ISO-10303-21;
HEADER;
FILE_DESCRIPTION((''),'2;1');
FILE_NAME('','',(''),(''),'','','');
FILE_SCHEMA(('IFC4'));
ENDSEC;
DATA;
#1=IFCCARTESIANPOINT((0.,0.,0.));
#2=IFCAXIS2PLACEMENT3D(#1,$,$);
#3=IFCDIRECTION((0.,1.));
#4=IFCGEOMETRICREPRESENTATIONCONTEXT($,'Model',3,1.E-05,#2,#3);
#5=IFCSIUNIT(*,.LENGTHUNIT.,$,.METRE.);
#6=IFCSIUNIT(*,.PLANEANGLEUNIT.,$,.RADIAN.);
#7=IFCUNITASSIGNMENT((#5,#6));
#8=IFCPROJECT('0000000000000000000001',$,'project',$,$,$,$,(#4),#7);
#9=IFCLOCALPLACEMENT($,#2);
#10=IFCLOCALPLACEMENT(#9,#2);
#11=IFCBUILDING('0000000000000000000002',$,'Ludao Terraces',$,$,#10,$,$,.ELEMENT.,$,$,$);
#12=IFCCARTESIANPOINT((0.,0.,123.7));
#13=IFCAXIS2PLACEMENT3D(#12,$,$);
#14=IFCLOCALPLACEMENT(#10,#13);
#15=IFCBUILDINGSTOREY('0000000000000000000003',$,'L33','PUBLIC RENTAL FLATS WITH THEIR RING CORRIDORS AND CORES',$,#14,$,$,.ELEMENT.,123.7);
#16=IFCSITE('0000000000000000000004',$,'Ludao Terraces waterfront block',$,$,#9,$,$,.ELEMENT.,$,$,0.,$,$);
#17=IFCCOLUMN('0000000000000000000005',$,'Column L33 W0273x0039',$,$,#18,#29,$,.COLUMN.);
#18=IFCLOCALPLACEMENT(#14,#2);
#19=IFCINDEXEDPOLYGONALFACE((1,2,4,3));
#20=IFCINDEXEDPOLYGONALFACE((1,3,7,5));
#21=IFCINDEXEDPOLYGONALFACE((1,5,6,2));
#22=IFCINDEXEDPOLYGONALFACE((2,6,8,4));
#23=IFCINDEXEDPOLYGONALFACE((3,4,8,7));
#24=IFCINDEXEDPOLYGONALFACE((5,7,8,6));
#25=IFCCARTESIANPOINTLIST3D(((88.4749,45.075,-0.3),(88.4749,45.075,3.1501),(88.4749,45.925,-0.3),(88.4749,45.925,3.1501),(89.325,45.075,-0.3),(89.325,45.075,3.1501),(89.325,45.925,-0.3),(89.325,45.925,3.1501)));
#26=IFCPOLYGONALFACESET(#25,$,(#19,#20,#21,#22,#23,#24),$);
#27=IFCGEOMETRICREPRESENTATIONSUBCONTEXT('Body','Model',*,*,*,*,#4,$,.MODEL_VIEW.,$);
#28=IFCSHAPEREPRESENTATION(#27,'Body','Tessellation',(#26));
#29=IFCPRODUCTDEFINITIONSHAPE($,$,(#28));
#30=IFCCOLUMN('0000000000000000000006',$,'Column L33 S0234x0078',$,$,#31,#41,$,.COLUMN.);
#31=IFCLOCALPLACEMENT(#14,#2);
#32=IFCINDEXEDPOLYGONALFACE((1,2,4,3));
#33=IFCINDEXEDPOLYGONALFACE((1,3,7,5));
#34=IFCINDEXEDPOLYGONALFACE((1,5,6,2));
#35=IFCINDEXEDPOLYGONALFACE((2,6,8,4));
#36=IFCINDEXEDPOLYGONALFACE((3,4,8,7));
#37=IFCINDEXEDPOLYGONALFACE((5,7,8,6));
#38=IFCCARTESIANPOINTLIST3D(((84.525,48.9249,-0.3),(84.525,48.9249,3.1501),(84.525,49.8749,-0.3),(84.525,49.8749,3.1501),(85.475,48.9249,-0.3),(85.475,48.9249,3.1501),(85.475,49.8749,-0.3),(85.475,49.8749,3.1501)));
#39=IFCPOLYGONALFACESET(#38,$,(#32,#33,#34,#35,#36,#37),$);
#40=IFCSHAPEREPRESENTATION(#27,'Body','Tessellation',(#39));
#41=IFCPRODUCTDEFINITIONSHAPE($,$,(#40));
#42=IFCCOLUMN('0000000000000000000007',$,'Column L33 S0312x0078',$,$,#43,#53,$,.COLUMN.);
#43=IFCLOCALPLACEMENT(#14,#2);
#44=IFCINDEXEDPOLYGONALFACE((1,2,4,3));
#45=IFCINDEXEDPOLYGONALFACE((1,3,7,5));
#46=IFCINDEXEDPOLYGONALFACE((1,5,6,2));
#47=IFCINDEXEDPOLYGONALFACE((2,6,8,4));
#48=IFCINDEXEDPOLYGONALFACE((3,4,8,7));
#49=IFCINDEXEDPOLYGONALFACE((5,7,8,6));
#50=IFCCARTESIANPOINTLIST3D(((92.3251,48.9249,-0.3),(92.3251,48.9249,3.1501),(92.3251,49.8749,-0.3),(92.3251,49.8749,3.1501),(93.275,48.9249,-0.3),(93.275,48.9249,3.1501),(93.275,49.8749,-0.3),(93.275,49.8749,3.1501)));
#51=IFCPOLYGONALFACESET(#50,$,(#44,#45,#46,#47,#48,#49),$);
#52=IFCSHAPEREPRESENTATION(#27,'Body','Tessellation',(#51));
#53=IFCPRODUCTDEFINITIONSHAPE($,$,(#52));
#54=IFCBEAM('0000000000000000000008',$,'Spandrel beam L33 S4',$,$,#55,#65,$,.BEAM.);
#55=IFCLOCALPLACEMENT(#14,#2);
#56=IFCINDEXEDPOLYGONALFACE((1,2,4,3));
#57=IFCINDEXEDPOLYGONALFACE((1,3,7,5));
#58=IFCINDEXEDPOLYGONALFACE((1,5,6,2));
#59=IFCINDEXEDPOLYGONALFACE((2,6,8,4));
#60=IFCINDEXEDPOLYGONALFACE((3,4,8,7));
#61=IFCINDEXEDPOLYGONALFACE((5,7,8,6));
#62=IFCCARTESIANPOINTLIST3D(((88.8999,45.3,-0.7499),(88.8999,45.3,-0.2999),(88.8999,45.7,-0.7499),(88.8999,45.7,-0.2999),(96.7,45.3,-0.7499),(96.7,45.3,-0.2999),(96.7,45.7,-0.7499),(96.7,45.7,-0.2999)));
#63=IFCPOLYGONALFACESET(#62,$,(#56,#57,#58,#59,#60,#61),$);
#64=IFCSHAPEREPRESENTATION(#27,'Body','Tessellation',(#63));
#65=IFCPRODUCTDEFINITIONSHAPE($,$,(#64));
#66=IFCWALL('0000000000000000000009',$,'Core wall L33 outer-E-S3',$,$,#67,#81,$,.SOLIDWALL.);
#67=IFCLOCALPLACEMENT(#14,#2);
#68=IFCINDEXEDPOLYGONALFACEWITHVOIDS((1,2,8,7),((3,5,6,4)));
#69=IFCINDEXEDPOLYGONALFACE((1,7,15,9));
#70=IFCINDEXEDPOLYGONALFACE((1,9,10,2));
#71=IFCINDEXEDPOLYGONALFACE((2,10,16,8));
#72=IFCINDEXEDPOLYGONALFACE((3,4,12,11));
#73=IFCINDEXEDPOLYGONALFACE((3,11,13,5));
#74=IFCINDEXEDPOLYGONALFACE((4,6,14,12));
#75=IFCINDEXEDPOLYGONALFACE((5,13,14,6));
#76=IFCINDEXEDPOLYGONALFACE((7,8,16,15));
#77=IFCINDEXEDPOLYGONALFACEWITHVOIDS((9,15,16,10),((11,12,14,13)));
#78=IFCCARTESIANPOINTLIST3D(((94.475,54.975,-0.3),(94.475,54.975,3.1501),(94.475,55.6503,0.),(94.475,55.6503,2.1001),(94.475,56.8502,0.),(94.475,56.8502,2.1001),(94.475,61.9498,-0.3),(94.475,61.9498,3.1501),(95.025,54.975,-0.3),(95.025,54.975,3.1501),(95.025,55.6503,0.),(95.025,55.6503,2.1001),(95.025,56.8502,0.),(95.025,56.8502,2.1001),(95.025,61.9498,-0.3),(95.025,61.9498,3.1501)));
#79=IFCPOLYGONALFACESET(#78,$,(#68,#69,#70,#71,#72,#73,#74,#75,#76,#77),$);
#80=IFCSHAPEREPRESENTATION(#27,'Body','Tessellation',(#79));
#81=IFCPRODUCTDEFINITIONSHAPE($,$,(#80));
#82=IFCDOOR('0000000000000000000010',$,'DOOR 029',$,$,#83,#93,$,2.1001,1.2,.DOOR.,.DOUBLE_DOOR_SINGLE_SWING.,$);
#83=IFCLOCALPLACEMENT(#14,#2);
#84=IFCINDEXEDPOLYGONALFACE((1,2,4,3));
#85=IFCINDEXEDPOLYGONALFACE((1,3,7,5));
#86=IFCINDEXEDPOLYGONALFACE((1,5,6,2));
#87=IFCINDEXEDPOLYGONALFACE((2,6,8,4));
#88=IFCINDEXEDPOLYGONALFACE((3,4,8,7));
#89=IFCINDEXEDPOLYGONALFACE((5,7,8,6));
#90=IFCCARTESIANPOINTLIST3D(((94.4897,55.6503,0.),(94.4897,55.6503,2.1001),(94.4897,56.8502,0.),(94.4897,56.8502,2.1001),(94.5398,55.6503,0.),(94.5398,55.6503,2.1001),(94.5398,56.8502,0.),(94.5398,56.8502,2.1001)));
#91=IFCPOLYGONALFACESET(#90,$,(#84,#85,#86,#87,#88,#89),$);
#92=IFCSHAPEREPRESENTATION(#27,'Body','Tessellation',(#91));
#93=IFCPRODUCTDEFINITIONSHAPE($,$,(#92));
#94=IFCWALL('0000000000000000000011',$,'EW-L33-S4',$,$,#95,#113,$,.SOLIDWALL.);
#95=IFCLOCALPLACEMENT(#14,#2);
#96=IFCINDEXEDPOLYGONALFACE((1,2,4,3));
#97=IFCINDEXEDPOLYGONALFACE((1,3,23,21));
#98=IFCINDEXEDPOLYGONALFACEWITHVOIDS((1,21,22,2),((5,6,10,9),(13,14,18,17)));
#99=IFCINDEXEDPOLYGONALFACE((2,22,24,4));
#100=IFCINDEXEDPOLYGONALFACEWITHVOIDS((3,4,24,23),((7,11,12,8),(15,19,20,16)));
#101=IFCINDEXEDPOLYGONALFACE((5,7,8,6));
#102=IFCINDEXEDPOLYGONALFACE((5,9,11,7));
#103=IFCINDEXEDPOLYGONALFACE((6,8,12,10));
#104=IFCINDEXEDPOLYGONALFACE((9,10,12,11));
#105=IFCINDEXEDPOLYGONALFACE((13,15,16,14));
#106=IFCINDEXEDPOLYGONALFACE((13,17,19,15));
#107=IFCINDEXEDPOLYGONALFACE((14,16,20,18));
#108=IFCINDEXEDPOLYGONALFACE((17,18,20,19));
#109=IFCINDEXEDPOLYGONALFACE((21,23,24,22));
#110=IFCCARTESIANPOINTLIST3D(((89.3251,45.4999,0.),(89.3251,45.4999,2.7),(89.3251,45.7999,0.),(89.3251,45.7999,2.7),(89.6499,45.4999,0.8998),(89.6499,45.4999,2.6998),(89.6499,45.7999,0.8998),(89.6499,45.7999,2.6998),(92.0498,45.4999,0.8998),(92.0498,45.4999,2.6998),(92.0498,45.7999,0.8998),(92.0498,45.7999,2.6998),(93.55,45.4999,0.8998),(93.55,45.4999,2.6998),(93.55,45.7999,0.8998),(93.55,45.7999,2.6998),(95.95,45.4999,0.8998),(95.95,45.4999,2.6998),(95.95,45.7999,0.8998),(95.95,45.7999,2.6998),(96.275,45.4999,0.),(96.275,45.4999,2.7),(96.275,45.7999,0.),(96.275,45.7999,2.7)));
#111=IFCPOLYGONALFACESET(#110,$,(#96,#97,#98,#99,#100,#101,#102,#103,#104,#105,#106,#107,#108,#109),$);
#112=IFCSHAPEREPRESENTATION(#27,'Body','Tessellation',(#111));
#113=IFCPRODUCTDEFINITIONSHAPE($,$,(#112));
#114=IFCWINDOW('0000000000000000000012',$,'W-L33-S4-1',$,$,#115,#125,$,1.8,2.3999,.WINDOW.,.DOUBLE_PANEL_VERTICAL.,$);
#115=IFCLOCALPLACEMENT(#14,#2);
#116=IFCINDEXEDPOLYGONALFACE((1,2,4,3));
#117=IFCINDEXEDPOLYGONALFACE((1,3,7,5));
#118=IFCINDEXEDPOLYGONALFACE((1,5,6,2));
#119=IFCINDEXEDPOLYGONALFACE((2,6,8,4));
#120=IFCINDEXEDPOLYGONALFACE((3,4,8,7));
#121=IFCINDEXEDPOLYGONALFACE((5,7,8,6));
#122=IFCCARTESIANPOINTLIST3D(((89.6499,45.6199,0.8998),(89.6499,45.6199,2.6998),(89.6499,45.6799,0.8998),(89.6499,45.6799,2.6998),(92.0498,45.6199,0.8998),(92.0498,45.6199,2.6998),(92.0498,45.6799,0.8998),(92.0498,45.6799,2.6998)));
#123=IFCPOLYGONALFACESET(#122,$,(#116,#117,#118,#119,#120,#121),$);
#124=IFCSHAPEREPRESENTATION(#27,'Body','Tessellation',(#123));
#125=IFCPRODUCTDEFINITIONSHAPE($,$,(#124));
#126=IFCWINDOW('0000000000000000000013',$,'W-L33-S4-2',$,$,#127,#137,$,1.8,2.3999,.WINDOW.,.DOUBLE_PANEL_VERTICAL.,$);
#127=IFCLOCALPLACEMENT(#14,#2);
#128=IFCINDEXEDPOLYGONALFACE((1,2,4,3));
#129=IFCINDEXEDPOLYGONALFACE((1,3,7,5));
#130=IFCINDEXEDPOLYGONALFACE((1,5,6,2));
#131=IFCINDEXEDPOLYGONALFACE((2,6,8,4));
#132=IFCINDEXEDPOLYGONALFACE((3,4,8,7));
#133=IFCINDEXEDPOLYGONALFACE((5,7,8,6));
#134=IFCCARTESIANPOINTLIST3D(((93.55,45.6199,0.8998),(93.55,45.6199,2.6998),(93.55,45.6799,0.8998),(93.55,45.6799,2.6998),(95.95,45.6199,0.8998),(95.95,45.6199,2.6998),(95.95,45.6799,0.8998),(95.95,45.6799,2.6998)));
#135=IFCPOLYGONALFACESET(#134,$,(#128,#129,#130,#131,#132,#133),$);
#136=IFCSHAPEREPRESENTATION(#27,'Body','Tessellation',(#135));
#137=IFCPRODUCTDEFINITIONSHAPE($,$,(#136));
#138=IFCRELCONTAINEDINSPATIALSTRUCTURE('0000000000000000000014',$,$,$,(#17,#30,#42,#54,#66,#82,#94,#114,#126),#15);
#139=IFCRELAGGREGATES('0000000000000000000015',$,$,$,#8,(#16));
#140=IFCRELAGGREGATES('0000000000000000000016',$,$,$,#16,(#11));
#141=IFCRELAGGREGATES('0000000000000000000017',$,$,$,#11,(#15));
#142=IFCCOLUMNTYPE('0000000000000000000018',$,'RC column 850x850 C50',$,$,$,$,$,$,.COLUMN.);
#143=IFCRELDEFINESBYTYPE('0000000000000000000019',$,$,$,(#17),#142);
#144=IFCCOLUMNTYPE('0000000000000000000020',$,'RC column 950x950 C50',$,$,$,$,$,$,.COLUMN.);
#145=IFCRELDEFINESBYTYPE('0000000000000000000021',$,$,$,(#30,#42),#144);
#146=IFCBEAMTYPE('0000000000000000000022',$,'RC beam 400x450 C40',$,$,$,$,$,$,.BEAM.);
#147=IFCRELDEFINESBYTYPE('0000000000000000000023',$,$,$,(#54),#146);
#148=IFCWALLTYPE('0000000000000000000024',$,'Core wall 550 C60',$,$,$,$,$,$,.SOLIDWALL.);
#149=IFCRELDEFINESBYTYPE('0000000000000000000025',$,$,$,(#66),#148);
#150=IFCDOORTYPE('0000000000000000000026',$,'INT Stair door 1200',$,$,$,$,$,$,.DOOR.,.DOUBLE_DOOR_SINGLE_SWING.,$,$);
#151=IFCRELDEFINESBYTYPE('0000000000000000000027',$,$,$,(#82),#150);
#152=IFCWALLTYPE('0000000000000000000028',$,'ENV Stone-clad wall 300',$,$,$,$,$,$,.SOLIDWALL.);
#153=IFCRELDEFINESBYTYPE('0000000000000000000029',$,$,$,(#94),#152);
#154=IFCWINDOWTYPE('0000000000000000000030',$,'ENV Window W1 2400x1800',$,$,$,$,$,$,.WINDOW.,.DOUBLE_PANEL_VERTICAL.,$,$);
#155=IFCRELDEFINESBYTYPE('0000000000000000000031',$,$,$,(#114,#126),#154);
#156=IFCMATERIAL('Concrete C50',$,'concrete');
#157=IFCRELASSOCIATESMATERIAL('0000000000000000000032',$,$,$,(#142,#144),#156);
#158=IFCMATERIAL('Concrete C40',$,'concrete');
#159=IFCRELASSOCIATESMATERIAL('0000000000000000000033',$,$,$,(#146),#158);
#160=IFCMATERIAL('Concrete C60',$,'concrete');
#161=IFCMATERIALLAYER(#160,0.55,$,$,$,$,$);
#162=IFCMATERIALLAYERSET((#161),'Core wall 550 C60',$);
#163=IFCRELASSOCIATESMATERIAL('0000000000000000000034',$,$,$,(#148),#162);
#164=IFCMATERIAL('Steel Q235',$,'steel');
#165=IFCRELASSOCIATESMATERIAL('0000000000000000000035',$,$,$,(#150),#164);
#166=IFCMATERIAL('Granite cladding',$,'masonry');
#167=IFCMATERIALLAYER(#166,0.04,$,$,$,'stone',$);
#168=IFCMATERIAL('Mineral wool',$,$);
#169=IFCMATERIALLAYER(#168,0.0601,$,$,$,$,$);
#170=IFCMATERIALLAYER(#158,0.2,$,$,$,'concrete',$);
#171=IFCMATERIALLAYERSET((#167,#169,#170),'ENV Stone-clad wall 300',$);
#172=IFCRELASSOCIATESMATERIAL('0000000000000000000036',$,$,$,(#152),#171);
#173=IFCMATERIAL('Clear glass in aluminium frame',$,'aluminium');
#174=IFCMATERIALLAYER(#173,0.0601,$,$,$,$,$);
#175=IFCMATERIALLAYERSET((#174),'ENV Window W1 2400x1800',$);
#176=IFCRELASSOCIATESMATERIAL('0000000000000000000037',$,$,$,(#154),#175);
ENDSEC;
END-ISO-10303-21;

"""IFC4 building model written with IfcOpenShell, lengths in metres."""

from ifc_helpers import new_model, si_unit, direction, frame, frame_2d, origin, origin_2d, place, context, subcontext, project, spatial, rectangle, extrude, material, layer, layer_set, material_profile, profile_set, type_object, element, fill, save


model = new_model("IFC4")

# Units and contexts
model_context = context("Model", 3, precision=1e-05, world=origin(), true_north=direction((0.0, 1.0)))
body_context = subcontext(model_context, "Body", "Model", "MODEL_VIEW")
ifc_project = project(units=[si_unit("LENGTHUNIT", "METRE"), si_unit("PLANEANGLEUNIT", "RADIAN")], contexts=[model_context])

# Site, building, storey
site_placement = place(None, origin())
site = spatial("IfcSite", under=ifc_project, at=site_placement, Name="Ludao Terraces waterfront block", CompositionType="ELEMENT", RefElevation=0.0)
building_placement = place(site_placement, origin())
building = spatial("IfcBuilding", under=site, at=building_placement, Name="Ludao Terraces", CompositionType="ELEMENT")
storey_placement = place(building_placement, frame((0.0, 0.0, 123.7)))
storey = spatial("IfcBuildingStorey", under=building, at=storey_placement, Name="L33", Description="PUBLIC RENTAL FLATS WITH THEIR RING CORRIDORS AND CORES", CompositionType="ELEMENT", Elevation=123.7)

# Columns
ifc_material_1 = material(Name="Concrete C50", Category="concrete")
ifc_material_profile_1 = material_profile(ifc_material_1, rectangle(XDim=0.8501, YDim=0.8501, at=origin_2d()), Name="850 X 850")
ifc_profile_set_1 = profile_set([ifc_material_profile_1], Name="Concrete C50")
column_type_1 = type_object("IfcColumnType", Name="RC column 850x850 C50", PredefinedType="COLUMN", material=ifc_profile_set_1)
column_placement = place(storey_placement, frame((88.8999, 45.5, -0.3), z_axis=(0.0, 0.0, 1.0), x_axis=(1.0, 0.0, 0.0)))
element("IfcColumn", 1, at=column_placement, inside=storey, type_object=column_type_1, Name="Column L33 W0273x0039", PredefinedType="COLUMN", context=body_context, shape_type="SweptSolid", body=[
    extrude(rectangle(XDim=0.8501, YDim=0.8501, at=origin_2d()), origin(), (0.0, 0.0, 1.0), 3.4502),
])
ifc_material_profile_2 = material_profile(ifc_material_1, rectangle(XDim=0.95, YDim=0.95, at=origin_2d()), Name="950 X 950")
ifc_profile_set_2 = profile_set([ifc_material_profile_2], Name="Concrete C50")
column_type_2 = type_object("IfcColumnType", Name="RC column 950x950 C50", PredefinedType="COLUMN", material=ifc_profile_set_2)
for number, where, z_axis, x_axis, name in (
    (2, (85.0, 49.3999, -0.3), (0.0, 0.0, 1.0), (1.0, 0.0, 0.0), "Column L33 S0234x0078"),
    (3, (92.8, 49.3999, -0.3), (0.0, 0.0, 1.0), (1.0, 0.0, 0.0), "Column L33 S0312x0078"),
):
    element("IfcColumn", number, at=place(storey_placement, frame(where, z_axis=z_axis, x_axis=x_axis)), inside=storey, type_object=column_type_2, Name=name, PredefinedType="COLUMN", context=body_context, shape_type="SweptSolid", body=[
        extrude(rectangle(XDim=0.95, YDim=0.95, at=origin_2d()), origin(), (0.0, 0.0, 1.0), 3.4502),
    ])

# Beam
ifc_material_2 = material(Name="Concrete C40", Category="concrete")
ifc_material_profile_3 = material_profile(ifc_material_2, rectangle(XDim=0.3999, YDim=0.45, at=origin_2d()), Name="400 X 450")
ifc_profile_set_3 = profile_set([ifc_material_profile_3], Name="Concrete C40")
beam_type = type_object("IfcBeamType", Name="RC beam 400x450 C40", PredefinedType="BEAM", material=ifc_profile_set_3)
beam_placement = place(storey_placement, frame((88.8999, 45.5, -0.5249), z_axis=(1.0, 0.0, 0.0), x_axis=(0.0, 1.0, 0.0)))
element("IfcBeam", 4, at=beam_placement, inside=storey, type_object=beam_type, Name="Spandrel beam L33 S4", PredefinedType="BEAM", context=body_context, shape_type="SweptSolid", body=[
    extrude(rectangle(XDim=0.3999, YDim=0.45, at=origin_2d()), origin(), (0.0, 0.0, 1.0), 7.8),
])

# Wall, opening, door
ifc_material_3 = material(Name="Concrete C60", Category="concrete")
ifc_layer_1 = layer(ifc_material_3, 0.55)
ifc_layer_set_1 = layer_set([ifc_layer_1], Name="Core wall 550 C60")
wall_type_1 = type_object("IfcWallType", Name="Core wall 550 C60", PredefinedType="SOLIDWALL", material=ifc_layer_set_1)
wall_1_placement = place(storey_placement, frame((94.75, 54.9751, -0.3), z_axis=(0.0, 0.0, 1.0), x_axis=(0.0, 1.0, 0.0)))
wall_1 = element("IfcWall", 5, at=wall_1_placement, inside=storey, type_object=wall_type_1, Name="Core wall L33 outer-E-S3", PredefinedType="SOLIDWALL", context=body_context, shape_type="SweptSolid", body=[
    extrude(rectangle(XDim=6.9749, YDim=0.55, at=frame_2d((3.4873, 0.0))), origin(), (0.0, 0.0, 1.0), 3.4502),
])
opening_1_placement = place(wall_1_placement, frame((0.675, 0.0, 0.3)))
opening_1 = element("IfcOpeningElement", 6, at=opening_1_placement, cuts=wall_1, PredefinedType="OPENING", context=body_context, shape_type="SweptSolid", body=[
    extrude(rectangle(XDim=1.2, YDim=2.1001, at=frame_2d((0.6001, 1.05))), frame((0.0, 0.2852, 0.0), z_axis=(0.0, -1.0, 0.0), x_axis=(1.0, 0.0, 0.0)), (0.0, 0.0, 1.0), 0.5701),
])
ifc_material_4 = material(Name="Steel Q235", Category="steel")
door_type_1 = type_object("IfcDoorType", Name="INT Stair door 1200", OperationType="DOUBLE_DOOR_SINGLE_SWING", PredefinedType="DOOR", material=ifc_material_4)
door_1_placement = place(opening_1_placement, origin())
door_1 = element("IfcDoor", 7, at=door_1_placement, inside=storey, type_object=door_type_1, Name="DOOR 029", OperationType="DOUBLE_DOOR_SINGLE_SWING", OverallHeight=2.1001, OverallWidth=1.2, PredefinedType="DOOR", context=body_context, shape_type="SweptSolid", body=[
    extrude(rectangle(XDim=1.2, YDim=2.1001, at=frame_2d((0.6001, 1.05))), frame((0.0, 0.2603, 0.0), z_axis=(0.0, -1.0, 0.0), x_axis=(1.0, 0.0, 0.0)), (0.0, 0.0, 1.0), 0.05),
])
fill(opening_1, door_1)

# Wall, openings, windows
ifc_material_5 = material(Name="Granite cladding", Category="masonry")
ifc_layer_2 = layer(ifc_material_5, 0.04, Category="stone")
ifc_material_6 = material(Name="Mineral wool")
ifc_layer_3 = layer(ifc_material_6, 0.0601)
ifc_layer_4 = layer(ifc_material_2, 0.2, Category="concrete")
ifc_layer_set_2 = layer_set([ifc_layer_2, ifc_layer_3, ifc_layer_4], Name="ENV Stone-clad wall 300")
wall_type_2 = type_object("IfcWallType", Name="ENV Stone-clad wall 300", PredefinedType="SOLIDWALL", material=ifc_layer_set_2)
wall_2_placement = place(storey_placement, frame((89.325, 45.6499, 0.0), z_axis=(0.0, 0.0, 1.0), x_axis=(1.0, 0.0, 0.0)))
wall_2 = element("IfcWall", 8, at=wall_2_placement, inside=storey, type_object=wall_type_2, Name="EW-L33-S4", PredefinedType="SOLIDWALL", context=body_context, shape_type="SweptSolid", body=[
    extrude(rectangle(XDim=6.95, YDim=0.3, at=frame_2d((3.4751, 0.0))), origin(), (0.0, 0.0, 1.0), 2.7),
])
opening_2_placement = place(wall_2_placement, frame((0.325, 0.0, 0.8999)))
opening_2 = element("IfcOpeningElement", 9, at=opening_2_placement, cuts=wall_2, PredefinedType="OPENING", context=body_context, shape_type="SweptSolid", body=[
    extrude(rectangle(XDim=2.3999, YDim=1.8, at=frame_2d((1.2, 0.8999))), frame((0.0, 0.1602, 0.0), z_axis=(0.0, -1.0, 0.0), x_axis=(1.0, 0.0, 0.0)), (0.0, 0.0, 1.0), 0.3201),
])
opening_3_placement = place(wall_2_placement, frame((4.2251, 0.0, 0.8999)))
opening_3 = element("IfcOpeningElement", 10, at=opening_3_placement, cuts=wall_2, PredefinedType="OPENING", context=body_context, shape_type="SweptSolid", body=[
    extrude(rectangle(XDim=2.3999, YDim=1.8, at=frame_2d((1.2, 0.8999))), frame((0.0, 0.1602, 0.0), z_axis=(0.0, -1.0, 0.0), x_axis=(1.0, 0.0, 0.0)), (0.0, 0.0, 1.0), 0.3201),
])
ifc_material_7 = material(Name="Clear glass in aluminium frame", Category="aluminium")
ifc_layer_5 = layer(ifc_material_7, 0.0601)
ifc_layer_set_3 = layer_set([ifc_layer_5], Name="ENV Window W1 2400x1800")
window_type = type_object("IfcWindowType", Name="ENV Window W1 2400x1800", PartitioningType="DOUBLE_PANEL_VERTICAL", PredefinedType="WINDOW", material=ifc_layer_set_3)
window_1_placement = place(opening_2_placement, origin())
window_1 = element("IfcWindow", 11, at=window_1_placement, inside=storey, type_object=window_type, Name="W-L33-S4-1", OverallHeight=1.8, OverallWidth=2.3999, PartitioningType="DOUBLE_PANEL_VERTICAL", PredefinedType="WINDOW", context=body_context, shape_type="SweptSolid", body=[
    extrude(rectangle(XDim=2.3999, YDim=1.8, at=frame_2d((1.2, 0.8999))), frame((0.0, 0.03, 0.0), z_axis=(0.0, -1.0, 0.0), x_axis=(1.0, 0.0, 0.0)), (0.0, 0.0, 1.0), 0.0601),
])
fill(opening_2, window_1)
window_2_placement = place(opening_3_placement, origin())
window_2 = element("IfcWindow", 12, at=window_2_placement, inside=storey, type_object=window_type, Name="W-L33-S4-2", OverallHeight=1.8, OverallWidth=2.3999, PartitioningType="DOUBLE_PANEL_VERTICAL", PredefinedType="WINDOW", context=body_context, shape_type="SweptSolid", body=[
    extrude(rectangle(XDim=2.3999, YDim=1.8, at=frame_2d((1.2, 0.8999))), frame((0.0, 0.03, 0.0), z_axis=(0.0, -1.0, 0.0), x_axis=(1.0, 0.0, 0.0)), (0.0, 0.0, 1.0), 0.0601),
])
fill(opening_3, window_2)

save(model, "model.ifc")
